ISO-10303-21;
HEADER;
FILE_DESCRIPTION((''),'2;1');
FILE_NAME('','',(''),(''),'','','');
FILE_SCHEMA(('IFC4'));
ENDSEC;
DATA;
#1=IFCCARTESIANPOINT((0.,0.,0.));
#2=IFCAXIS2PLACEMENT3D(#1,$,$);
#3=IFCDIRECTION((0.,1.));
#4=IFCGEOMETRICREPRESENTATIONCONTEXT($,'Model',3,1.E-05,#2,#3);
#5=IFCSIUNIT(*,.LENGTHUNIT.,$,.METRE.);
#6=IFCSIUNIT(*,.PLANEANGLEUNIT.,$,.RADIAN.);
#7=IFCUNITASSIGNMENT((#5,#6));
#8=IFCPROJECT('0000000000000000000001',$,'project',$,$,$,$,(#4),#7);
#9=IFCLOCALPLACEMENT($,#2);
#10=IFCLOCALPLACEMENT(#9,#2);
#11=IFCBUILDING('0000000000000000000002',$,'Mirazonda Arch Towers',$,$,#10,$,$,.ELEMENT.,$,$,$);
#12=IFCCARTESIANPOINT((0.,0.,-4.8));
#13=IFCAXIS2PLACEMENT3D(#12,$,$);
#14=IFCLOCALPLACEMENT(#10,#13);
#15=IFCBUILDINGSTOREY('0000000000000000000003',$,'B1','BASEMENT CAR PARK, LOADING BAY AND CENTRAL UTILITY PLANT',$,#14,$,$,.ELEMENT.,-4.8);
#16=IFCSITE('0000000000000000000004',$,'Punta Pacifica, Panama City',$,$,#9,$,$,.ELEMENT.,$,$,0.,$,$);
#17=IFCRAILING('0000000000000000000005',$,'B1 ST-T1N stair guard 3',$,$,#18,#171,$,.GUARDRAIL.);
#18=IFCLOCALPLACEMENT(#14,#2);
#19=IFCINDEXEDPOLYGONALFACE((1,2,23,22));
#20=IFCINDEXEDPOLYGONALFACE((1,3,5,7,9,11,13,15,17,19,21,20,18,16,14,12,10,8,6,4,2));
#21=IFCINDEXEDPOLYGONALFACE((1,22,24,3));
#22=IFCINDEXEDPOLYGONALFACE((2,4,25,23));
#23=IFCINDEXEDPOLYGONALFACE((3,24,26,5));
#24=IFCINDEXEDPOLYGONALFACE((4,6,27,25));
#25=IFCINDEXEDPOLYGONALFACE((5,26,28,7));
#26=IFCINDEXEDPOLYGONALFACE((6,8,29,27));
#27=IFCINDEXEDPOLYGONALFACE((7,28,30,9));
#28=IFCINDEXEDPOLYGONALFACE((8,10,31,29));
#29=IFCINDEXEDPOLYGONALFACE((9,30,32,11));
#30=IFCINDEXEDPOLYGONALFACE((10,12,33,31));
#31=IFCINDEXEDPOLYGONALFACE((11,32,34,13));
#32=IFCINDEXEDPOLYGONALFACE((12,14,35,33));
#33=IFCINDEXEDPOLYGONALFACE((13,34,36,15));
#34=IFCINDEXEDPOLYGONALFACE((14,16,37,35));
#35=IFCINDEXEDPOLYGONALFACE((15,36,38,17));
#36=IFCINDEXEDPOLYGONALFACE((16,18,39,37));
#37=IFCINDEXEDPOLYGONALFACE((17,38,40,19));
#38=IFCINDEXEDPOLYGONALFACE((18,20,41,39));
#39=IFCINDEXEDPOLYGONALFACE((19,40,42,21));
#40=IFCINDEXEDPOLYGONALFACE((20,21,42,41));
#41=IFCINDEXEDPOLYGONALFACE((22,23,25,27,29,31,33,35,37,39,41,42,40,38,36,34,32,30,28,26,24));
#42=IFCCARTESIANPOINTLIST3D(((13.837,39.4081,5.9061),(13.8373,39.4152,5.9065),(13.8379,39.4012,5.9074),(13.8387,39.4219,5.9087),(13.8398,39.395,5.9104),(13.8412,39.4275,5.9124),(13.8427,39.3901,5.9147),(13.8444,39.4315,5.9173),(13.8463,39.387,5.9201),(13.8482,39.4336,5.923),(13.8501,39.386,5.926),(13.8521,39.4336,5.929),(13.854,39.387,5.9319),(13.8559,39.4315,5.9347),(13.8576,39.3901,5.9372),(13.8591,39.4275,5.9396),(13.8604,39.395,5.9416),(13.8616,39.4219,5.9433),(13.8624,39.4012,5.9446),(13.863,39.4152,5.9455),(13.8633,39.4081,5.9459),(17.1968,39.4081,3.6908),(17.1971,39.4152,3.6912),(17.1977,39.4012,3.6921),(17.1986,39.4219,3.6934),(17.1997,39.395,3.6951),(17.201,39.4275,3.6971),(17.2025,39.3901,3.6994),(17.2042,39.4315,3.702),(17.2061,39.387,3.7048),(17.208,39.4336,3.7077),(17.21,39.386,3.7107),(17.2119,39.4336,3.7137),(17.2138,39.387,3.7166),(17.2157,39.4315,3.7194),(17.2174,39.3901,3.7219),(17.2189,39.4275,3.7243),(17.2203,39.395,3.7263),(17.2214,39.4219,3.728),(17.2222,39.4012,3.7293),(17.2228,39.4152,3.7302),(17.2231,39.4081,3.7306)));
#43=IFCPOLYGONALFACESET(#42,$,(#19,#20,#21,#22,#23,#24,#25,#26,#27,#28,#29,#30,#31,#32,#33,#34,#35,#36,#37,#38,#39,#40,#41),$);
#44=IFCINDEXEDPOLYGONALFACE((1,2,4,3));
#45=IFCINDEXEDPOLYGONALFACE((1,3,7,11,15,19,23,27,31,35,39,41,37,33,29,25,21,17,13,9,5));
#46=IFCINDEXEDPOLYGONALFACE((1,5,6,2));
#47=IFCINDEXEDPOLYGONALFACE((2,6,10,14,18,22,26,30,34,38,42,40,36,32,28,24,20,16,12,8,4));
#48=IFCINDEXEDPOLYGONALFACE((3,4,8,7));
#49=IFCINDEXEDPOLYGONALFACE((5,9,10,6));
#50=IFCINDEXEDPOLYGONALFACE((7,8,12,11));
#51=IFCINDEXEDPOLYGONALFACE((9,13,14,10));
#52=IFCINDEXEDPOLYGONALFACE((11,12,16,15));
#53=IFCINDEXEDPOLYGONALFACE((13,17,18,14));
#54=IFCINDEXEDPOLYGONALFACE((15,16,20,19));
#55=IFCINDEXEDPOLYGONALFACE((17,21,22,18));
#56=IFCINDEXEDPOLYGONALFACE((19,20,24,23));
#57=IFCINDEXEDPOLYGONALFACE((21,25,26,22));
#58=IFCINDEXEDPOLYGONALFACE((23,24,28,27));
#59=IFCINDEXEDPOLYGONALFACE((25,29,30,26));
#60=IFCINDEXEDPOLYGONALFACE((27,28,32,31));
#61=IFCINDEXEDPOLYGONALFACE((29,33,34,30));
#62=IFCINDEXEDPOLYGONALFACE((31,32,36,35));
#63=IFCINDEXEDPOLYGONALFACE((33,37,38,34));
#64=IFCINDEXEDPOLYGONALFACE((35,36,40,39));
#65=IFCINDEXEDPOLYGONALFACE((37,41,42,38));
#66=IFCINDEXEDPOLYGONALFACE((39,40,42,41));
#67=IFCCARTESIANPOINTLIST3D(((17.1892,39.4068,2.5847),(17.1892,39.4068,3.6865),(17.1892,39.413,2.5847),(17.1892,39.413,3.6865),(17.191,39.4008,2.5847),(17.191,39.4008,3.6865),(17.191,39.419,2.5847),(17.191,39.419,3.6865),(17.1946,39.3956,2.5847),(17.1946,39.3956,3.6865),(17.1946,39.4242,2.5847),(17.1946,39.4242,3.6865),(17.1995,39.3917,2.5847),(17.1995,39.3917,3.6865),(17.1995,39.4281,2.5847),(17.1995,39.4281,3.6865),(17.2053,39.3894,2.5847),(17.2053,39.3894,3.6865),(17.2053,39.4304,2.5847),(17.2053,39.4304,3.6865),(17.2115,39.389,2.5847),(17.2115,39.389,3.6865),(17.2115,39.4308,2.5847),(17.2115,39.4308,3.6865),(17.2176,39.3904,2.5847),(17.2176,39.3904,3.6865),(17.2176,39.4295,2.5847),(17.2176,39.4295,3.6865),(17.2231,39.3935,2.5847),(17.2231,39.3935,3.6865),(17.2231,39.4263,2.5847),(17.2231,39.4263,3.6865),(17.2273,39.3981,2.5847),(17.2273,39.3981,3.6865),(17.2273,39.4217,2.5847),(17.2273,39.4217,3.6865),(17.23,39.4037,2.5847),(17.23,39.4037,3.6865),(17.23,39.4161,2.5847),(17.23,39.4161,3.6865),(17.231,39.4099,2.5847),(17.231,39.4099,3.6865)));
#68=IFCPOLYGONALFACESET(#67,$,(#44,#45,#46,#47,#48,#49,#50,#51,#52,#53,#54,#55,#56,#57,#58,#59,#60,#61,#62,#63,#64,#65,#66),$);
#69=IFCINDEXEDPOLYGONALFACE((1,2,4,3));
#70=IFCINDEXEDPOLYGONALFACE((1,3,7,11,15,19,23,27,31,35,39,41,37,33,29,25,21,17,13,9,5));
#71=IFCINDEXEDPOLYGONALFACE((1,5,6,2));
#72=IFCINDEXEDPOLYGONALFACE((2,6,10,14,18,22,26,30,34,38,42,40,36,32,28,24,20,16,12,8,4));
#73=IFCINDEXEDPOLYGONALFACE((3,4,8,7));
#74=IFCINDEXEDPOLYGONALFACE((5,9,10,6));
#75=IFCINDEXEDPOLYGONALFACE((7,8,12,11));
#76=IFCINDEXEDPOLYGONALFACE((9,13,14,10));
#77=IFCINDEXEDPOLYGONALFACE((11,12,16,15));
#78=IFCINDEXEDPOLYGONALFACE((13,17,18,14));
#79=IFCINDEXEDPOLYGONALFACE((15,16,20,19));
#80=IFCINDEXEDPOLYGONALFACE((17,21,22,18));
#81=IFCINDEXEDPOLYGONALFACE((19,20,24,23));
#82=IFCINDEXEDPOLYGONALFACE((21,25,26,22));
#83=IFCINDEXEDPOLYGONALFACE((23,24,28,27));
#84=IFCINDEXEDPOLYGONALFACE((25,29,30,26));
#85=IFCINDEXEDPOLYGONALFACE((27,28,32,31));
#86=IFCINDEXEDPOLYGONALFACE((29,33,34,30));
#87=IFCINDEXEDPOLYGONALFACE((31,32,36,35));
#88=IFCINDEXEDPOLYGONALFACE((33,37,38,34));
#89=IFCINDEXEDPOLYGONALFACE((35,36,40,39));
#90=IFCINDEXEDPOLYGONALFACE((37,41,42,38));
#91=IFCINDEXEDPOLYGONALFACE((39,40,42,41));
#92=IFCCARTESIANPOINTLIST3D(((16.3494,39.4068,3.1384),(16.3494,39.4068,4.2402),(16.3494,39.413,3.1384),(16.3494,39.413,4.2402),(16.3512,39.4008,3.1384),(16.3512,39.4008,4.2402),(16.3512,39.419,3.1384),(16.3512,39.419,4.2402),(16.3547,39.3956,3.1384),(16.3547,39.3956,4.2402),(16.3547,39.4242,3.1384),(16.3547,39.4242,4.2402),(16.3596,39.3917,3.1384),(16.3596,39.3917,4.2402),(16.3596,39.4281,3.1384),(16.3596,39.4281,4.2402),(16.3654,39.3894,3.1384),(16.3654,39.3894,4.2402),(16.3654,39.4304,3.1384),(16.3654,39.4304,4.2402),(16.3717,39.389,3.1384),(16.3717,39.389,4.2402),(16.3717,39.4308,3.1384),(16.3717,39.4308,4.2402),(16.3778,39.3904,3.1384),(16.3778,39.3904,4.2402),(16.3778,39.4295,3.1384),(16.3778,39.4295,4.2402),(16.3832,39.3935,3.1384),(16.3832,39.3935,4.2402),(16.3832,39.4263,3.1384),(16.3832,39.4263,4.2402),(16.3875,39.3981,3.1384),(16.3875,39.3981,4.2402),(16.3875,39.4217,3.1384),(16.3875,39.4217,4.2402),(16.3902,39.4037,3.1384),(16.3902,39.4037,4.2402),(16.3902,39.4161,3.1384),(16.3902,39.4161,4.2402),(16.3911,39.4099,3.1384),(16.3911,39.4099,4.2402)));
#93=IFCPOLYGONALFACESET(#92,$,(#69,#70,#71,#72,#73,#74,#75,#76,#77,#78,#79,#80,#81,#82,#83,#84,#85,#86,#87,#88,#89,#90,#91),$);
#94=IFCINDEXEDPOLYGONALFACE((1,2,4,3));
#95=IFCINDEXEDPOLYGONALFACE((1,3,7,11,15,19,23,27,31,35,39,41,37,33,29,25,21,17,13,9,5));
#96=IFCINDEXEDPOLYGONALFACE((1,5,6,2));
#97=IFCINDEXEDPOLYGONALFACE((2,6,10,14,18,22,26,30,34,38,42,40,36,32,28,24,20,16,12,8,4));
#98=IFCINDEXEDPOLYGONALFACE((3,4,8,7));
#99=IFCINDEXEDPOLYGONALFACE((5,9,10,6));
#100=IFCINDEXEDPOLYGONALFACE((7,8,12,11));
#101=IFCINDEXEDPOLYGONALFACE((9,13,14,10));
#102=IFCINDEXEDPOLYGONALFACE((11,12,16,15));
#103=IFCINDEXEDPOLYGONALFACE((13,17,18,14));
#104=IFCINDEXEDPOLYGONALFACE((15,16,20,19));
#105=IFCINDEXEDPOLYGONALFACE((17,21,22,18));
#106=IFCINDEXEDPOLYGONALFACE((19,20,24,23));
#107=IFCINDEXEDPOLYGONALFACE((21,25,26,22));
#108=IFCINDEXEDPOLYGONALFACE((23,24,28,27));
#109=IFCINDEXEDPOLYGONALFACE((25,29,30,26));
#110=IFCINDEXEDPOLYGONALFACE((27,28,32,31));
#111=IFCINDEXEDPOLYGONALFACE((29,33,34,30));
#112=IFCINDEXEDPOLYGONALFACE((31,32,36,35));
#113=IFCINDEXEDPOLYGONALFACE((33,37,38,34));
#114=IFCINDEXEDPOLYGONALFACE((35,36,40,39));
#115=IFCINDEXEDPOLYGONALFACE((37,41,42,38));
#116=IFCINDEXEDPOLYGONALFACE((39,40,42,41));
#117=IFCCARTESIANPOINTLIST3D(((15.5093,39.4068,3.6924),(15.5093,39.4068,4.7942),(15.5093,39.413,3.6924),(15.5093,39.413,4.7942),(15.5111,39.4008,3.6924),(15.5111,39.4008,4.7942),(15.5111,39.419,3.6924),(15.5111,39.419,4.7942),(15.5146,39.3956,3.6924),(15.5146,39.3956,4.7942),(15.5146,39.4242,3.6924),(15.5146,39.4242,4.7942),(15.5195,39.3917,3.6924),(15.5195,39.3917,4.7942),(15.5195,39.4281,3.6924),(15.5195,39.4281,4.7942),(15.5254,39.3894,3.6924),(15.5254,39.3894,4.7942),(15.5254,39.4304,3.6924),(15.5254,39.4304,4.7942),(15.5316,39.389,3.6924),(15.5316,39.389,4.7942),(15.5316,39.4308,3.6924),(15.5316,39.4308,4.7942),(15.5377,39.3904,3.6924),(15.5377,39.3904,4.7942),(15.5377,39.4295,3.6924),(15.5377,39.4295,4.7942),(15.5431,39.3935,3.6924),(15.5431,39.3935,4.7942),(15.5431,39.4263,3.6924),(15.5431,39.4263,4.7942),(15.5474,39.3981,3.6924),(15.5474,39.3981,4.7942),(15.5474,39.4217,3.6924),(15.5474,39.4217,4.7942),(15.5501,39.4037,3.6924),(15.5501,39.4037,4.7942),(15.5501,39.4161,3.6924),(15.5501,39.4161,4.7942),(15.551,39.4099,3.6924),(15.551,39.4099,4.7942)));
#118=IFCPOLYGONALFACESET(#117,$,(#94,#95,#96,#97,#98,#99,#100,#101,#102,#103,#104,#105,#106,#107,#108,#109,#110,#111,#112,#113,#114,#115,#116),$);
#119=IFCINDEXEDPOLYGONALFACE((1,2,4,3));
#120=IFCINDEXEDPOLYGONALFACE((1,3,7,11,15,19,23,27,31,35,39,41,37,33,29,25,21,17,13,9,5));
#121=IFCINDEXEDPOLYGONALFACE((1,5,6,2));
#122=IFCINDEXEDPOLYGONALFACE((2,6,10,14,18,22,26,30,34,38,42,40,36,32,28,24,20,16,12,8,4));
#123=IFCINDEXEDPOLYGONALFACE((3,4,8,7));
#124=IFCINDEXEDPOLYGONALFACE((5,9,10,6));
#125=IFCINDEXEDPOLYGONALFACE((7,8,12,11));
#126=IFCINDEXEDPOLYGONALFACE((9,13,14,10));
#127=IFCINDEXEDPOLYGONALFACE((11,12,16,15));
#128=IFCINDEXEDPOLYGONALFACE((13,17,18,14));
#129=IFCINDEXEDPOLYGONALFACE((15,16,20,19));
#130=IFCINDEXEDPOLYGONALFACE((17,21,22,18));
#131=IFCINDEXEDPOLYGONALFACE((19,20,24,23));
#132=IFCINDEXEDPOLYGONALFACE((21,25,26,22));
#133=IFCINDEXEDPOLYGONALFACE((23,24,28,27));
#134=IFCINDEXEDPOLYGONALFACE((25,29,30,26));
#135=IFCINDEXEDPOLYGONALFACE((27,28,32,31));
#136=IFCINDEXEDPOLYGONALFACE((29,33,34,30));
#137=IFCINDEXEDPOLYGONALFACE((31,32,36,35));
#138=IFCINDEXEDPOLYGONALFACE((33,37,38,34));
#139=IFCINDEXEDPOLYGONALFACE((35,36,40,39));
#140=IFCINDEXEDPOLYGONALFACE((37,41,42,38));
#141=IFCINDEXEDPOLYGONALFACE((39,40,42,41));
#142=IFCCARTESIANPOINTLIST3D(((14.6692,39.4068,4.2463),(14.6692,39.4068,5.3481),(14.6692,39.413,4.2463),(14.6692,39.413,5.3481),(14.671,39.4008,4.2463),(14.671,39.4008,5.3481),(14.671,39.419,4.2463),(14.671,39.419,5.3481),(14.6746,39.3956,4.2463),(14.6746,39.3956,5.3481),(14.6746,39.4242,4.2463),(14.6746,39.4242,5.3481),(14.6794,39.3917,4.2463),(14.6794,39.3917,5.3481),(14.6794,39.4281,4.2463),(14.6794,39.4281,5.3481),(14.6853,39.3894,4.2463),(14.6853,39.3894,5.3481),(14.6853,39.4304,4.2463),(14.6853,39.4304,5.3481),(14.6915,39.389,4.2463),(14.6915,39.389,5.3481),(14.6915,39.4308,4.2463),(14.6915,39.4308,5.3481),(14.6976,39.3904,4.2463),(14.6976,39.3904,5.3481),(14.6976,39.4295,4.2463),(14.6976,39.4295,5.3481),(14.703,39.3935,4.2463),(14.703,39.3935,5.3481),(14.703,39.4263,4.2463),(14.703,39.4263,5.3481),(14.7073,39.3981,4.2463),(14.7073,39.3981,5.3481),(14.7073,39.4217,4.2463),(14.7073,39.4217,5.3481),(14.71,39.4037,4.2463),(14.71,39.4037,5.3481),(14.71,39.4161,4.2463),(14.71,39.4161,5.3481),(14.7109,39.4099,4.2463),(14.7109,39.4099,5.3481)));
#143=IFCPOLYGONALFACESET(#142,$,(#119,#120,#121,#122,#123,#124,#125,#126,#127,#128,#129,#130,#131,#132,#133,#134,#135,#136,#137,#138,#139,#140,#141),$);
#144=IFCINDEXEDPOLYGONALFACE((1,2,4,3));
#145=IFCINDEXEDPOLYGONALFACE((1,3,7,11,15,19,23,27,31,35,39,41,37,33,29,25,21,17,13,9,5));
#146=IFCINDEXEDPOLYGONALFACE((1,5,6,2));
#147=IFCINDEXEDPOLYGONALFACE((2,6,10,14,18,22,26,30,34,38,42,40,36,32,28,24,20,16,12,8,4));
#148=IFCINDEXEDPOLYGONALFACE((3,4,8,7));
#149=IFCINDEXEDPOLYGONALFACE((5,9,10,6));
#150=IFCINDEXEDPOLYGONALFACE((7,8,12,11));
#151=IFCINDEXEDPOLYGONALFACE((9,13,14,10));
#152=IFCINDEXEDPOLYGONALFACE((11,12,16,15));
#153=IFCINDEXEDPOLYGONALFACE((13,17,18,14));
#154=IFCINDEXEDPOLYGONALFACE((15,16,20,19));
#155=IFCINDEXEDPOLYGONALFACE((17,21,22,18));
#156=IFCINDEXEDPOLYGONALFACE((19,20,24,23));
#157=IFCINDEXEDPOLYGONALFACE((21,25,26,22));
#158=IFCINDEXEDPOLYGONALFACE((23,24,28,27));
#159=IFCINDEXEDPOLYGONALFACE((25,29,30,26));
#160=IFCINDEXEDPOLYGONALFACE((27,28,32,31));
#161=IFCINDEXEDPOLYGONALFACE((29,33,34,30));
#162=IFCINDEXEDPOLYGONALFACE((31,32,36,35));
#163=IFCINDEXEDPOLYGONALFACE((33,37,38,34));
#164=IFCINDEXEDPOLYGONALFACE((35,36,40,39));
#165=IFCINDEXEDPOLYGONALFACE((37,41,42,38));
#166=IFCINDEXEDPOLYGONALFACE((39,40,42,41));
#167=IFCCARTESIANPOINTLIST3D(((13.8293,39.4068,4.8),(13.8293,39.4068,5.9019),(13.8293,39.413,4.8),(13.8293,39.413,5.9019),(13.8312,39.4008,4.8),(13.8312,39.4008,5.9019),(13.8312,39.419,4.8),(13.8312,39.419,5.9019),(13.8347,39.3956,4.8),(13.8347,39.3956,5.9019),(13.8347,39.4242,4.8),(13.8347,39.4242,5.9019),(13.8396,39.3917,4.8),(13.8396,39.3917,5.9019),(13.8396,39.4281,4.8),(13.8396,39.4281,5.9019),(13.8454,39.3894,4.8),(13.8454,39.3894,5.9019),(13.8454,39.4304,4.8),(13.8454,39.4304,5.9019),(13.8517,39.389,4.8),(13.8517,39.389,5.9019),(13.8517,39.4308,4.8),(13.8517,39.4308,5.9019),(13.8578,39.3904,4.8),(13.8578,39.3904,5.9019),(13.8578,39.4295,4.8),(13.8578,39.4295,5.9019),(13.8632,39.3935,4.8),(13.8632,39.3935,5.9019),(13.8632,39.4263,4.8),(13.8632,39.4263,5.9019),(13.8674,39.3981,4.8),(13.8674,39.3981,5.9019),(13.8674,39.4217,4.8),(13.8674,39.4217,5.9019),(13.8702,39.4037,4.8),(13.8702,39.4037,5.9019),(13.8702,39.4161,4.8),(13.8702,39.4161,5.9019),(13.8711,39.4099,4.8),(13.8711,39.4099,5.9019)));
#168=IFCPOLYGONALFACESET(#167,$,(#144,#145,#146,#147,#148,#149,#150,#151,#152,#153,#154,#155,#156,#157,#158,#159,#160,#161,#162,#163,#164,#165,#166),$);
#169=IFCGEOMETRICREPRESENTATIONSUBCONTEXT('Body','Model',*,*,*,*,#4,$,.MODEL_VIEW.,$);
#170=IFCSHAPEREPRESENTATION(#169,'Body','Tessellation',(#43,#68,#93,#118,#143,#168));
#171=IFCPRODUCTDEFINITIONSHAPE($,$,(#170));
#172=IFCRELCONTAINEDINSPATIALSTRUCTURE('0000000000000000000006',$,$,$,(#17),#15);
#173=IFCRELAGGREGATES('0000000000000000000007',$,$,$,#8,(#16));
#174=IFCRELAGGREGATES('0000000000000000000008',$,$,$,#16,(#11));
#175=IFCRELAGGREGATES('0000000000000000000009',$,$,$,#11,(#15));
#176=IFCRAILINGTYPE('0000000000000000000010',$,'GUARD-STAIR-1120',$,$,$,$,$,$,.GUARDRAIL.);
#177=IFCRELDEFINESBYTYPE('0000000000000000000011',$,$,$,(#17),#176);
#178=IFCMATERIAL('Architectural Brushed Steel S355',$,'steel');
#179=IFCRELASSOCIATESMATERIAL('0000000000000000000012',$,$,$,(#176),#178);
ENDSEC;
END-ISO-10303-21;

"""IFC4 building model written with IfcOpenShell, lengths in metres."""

from ifc_helpers import new_model, si_unit, direction, frame, origin, origin_2d, place, context, subcontext, project, spatial, circle, extrude, material, type_object, element, save


model = new_model("IFC4")

# Units and contexts
model_context = context("Model", 3, precision=1e-05, world=origin(), true_north=direction((0.0, 1.0)))
body_context = subcontext(model_context, "Body", "Model", "MODEL_VIEW")
ifc_project = project(units=[si_unit("LENGTHUNIT", "METRE"), si_unit("PLANEANGLEUNIT", "RADIAN")], contexts=[model_context])

# Site, building, storey
site_placement = place(None, origin())
site = spatial("IfcSite", under=ifc_project, at=site_placement, Name="Punta Pacifica, Panama City", CompositionType="ELEMENT", RefElevation=0.0)
building_placement = place(site_placement, origin())
building = spatial("IfcBuilding", under=site, at=building_placement, Name="Mirazonda Arch Towers", CompositionType="ELEMENT")
storey_placement = place(building_placement, frame((0.0, 0.0, -4.8)))
storey = spatial("IfcBuildingStorey", under=building, at=storey_placement, Name="B1", Description="BASEMENT CAR PARK, LOADING BAY AND CENTRAL UTILITY PLANT", CompositionType="ELEMENT", Elevation=-4.8)

# Railing
ifc_material_1 = material(Name="Architectural Brushed Steel S355", Category="steel")
railing_type_1 = type_object("IfcRailingType", Name="GUARD-STAIR-1120", PredefinedType="GUARDRAIL", material=ifc_material_1)
railing_1_placement = place(storey_placement, frame((17.21, 39.4099, 2.5847)))
element("IfcRailing", 1, at=railing_1_placement, inside=storey, type_object=railing_type_1, Name="B1 ST-T1N stair guard 3", PredefinedType="GUARDRAIL", context=body_context, shape_type="SweptSolid", body=[
    extrude(circle(Radius=0.0239, at=origin_2d()), frame((0.0, 0.0, 1.126), z_axis=(-0.834858, 0.0, 0.550465), x_axis=(0.0, -1.0, 0.0)), (0.0, 0.0, 1.0), 4.0244),
    extrude(circle(Radius=0.021, at=origin_2d()), origin(), (0.0, 0.0, 1.0), 1.1018),
    extrude(circle(Radius=0.021, at=origin_2d()), frame((-0.8398, 0.0, 0.5537)), (0.0, 0.0, 1.0), 1.1018),
    extrude(circle(Radius=0.021, at=origin_2d()), frame((-1.6799, 0.0, 1.1077)), (0.0, 0.0, 1.0), 1.1018),
    extrude(circle(Radius=0.021, at=origin_2d()), frame((-2.52, 0.0, 1.6616)), (0.0, 0.0, 1.0), 1.1018),
    extrude(circle(Radius=0.021, at=origin_2d()), frame((-3.3599, 0.0, 2.2153)), (0.0, 0.0, 1.0), 1.1018),
])

save(model, "model.ifc")
